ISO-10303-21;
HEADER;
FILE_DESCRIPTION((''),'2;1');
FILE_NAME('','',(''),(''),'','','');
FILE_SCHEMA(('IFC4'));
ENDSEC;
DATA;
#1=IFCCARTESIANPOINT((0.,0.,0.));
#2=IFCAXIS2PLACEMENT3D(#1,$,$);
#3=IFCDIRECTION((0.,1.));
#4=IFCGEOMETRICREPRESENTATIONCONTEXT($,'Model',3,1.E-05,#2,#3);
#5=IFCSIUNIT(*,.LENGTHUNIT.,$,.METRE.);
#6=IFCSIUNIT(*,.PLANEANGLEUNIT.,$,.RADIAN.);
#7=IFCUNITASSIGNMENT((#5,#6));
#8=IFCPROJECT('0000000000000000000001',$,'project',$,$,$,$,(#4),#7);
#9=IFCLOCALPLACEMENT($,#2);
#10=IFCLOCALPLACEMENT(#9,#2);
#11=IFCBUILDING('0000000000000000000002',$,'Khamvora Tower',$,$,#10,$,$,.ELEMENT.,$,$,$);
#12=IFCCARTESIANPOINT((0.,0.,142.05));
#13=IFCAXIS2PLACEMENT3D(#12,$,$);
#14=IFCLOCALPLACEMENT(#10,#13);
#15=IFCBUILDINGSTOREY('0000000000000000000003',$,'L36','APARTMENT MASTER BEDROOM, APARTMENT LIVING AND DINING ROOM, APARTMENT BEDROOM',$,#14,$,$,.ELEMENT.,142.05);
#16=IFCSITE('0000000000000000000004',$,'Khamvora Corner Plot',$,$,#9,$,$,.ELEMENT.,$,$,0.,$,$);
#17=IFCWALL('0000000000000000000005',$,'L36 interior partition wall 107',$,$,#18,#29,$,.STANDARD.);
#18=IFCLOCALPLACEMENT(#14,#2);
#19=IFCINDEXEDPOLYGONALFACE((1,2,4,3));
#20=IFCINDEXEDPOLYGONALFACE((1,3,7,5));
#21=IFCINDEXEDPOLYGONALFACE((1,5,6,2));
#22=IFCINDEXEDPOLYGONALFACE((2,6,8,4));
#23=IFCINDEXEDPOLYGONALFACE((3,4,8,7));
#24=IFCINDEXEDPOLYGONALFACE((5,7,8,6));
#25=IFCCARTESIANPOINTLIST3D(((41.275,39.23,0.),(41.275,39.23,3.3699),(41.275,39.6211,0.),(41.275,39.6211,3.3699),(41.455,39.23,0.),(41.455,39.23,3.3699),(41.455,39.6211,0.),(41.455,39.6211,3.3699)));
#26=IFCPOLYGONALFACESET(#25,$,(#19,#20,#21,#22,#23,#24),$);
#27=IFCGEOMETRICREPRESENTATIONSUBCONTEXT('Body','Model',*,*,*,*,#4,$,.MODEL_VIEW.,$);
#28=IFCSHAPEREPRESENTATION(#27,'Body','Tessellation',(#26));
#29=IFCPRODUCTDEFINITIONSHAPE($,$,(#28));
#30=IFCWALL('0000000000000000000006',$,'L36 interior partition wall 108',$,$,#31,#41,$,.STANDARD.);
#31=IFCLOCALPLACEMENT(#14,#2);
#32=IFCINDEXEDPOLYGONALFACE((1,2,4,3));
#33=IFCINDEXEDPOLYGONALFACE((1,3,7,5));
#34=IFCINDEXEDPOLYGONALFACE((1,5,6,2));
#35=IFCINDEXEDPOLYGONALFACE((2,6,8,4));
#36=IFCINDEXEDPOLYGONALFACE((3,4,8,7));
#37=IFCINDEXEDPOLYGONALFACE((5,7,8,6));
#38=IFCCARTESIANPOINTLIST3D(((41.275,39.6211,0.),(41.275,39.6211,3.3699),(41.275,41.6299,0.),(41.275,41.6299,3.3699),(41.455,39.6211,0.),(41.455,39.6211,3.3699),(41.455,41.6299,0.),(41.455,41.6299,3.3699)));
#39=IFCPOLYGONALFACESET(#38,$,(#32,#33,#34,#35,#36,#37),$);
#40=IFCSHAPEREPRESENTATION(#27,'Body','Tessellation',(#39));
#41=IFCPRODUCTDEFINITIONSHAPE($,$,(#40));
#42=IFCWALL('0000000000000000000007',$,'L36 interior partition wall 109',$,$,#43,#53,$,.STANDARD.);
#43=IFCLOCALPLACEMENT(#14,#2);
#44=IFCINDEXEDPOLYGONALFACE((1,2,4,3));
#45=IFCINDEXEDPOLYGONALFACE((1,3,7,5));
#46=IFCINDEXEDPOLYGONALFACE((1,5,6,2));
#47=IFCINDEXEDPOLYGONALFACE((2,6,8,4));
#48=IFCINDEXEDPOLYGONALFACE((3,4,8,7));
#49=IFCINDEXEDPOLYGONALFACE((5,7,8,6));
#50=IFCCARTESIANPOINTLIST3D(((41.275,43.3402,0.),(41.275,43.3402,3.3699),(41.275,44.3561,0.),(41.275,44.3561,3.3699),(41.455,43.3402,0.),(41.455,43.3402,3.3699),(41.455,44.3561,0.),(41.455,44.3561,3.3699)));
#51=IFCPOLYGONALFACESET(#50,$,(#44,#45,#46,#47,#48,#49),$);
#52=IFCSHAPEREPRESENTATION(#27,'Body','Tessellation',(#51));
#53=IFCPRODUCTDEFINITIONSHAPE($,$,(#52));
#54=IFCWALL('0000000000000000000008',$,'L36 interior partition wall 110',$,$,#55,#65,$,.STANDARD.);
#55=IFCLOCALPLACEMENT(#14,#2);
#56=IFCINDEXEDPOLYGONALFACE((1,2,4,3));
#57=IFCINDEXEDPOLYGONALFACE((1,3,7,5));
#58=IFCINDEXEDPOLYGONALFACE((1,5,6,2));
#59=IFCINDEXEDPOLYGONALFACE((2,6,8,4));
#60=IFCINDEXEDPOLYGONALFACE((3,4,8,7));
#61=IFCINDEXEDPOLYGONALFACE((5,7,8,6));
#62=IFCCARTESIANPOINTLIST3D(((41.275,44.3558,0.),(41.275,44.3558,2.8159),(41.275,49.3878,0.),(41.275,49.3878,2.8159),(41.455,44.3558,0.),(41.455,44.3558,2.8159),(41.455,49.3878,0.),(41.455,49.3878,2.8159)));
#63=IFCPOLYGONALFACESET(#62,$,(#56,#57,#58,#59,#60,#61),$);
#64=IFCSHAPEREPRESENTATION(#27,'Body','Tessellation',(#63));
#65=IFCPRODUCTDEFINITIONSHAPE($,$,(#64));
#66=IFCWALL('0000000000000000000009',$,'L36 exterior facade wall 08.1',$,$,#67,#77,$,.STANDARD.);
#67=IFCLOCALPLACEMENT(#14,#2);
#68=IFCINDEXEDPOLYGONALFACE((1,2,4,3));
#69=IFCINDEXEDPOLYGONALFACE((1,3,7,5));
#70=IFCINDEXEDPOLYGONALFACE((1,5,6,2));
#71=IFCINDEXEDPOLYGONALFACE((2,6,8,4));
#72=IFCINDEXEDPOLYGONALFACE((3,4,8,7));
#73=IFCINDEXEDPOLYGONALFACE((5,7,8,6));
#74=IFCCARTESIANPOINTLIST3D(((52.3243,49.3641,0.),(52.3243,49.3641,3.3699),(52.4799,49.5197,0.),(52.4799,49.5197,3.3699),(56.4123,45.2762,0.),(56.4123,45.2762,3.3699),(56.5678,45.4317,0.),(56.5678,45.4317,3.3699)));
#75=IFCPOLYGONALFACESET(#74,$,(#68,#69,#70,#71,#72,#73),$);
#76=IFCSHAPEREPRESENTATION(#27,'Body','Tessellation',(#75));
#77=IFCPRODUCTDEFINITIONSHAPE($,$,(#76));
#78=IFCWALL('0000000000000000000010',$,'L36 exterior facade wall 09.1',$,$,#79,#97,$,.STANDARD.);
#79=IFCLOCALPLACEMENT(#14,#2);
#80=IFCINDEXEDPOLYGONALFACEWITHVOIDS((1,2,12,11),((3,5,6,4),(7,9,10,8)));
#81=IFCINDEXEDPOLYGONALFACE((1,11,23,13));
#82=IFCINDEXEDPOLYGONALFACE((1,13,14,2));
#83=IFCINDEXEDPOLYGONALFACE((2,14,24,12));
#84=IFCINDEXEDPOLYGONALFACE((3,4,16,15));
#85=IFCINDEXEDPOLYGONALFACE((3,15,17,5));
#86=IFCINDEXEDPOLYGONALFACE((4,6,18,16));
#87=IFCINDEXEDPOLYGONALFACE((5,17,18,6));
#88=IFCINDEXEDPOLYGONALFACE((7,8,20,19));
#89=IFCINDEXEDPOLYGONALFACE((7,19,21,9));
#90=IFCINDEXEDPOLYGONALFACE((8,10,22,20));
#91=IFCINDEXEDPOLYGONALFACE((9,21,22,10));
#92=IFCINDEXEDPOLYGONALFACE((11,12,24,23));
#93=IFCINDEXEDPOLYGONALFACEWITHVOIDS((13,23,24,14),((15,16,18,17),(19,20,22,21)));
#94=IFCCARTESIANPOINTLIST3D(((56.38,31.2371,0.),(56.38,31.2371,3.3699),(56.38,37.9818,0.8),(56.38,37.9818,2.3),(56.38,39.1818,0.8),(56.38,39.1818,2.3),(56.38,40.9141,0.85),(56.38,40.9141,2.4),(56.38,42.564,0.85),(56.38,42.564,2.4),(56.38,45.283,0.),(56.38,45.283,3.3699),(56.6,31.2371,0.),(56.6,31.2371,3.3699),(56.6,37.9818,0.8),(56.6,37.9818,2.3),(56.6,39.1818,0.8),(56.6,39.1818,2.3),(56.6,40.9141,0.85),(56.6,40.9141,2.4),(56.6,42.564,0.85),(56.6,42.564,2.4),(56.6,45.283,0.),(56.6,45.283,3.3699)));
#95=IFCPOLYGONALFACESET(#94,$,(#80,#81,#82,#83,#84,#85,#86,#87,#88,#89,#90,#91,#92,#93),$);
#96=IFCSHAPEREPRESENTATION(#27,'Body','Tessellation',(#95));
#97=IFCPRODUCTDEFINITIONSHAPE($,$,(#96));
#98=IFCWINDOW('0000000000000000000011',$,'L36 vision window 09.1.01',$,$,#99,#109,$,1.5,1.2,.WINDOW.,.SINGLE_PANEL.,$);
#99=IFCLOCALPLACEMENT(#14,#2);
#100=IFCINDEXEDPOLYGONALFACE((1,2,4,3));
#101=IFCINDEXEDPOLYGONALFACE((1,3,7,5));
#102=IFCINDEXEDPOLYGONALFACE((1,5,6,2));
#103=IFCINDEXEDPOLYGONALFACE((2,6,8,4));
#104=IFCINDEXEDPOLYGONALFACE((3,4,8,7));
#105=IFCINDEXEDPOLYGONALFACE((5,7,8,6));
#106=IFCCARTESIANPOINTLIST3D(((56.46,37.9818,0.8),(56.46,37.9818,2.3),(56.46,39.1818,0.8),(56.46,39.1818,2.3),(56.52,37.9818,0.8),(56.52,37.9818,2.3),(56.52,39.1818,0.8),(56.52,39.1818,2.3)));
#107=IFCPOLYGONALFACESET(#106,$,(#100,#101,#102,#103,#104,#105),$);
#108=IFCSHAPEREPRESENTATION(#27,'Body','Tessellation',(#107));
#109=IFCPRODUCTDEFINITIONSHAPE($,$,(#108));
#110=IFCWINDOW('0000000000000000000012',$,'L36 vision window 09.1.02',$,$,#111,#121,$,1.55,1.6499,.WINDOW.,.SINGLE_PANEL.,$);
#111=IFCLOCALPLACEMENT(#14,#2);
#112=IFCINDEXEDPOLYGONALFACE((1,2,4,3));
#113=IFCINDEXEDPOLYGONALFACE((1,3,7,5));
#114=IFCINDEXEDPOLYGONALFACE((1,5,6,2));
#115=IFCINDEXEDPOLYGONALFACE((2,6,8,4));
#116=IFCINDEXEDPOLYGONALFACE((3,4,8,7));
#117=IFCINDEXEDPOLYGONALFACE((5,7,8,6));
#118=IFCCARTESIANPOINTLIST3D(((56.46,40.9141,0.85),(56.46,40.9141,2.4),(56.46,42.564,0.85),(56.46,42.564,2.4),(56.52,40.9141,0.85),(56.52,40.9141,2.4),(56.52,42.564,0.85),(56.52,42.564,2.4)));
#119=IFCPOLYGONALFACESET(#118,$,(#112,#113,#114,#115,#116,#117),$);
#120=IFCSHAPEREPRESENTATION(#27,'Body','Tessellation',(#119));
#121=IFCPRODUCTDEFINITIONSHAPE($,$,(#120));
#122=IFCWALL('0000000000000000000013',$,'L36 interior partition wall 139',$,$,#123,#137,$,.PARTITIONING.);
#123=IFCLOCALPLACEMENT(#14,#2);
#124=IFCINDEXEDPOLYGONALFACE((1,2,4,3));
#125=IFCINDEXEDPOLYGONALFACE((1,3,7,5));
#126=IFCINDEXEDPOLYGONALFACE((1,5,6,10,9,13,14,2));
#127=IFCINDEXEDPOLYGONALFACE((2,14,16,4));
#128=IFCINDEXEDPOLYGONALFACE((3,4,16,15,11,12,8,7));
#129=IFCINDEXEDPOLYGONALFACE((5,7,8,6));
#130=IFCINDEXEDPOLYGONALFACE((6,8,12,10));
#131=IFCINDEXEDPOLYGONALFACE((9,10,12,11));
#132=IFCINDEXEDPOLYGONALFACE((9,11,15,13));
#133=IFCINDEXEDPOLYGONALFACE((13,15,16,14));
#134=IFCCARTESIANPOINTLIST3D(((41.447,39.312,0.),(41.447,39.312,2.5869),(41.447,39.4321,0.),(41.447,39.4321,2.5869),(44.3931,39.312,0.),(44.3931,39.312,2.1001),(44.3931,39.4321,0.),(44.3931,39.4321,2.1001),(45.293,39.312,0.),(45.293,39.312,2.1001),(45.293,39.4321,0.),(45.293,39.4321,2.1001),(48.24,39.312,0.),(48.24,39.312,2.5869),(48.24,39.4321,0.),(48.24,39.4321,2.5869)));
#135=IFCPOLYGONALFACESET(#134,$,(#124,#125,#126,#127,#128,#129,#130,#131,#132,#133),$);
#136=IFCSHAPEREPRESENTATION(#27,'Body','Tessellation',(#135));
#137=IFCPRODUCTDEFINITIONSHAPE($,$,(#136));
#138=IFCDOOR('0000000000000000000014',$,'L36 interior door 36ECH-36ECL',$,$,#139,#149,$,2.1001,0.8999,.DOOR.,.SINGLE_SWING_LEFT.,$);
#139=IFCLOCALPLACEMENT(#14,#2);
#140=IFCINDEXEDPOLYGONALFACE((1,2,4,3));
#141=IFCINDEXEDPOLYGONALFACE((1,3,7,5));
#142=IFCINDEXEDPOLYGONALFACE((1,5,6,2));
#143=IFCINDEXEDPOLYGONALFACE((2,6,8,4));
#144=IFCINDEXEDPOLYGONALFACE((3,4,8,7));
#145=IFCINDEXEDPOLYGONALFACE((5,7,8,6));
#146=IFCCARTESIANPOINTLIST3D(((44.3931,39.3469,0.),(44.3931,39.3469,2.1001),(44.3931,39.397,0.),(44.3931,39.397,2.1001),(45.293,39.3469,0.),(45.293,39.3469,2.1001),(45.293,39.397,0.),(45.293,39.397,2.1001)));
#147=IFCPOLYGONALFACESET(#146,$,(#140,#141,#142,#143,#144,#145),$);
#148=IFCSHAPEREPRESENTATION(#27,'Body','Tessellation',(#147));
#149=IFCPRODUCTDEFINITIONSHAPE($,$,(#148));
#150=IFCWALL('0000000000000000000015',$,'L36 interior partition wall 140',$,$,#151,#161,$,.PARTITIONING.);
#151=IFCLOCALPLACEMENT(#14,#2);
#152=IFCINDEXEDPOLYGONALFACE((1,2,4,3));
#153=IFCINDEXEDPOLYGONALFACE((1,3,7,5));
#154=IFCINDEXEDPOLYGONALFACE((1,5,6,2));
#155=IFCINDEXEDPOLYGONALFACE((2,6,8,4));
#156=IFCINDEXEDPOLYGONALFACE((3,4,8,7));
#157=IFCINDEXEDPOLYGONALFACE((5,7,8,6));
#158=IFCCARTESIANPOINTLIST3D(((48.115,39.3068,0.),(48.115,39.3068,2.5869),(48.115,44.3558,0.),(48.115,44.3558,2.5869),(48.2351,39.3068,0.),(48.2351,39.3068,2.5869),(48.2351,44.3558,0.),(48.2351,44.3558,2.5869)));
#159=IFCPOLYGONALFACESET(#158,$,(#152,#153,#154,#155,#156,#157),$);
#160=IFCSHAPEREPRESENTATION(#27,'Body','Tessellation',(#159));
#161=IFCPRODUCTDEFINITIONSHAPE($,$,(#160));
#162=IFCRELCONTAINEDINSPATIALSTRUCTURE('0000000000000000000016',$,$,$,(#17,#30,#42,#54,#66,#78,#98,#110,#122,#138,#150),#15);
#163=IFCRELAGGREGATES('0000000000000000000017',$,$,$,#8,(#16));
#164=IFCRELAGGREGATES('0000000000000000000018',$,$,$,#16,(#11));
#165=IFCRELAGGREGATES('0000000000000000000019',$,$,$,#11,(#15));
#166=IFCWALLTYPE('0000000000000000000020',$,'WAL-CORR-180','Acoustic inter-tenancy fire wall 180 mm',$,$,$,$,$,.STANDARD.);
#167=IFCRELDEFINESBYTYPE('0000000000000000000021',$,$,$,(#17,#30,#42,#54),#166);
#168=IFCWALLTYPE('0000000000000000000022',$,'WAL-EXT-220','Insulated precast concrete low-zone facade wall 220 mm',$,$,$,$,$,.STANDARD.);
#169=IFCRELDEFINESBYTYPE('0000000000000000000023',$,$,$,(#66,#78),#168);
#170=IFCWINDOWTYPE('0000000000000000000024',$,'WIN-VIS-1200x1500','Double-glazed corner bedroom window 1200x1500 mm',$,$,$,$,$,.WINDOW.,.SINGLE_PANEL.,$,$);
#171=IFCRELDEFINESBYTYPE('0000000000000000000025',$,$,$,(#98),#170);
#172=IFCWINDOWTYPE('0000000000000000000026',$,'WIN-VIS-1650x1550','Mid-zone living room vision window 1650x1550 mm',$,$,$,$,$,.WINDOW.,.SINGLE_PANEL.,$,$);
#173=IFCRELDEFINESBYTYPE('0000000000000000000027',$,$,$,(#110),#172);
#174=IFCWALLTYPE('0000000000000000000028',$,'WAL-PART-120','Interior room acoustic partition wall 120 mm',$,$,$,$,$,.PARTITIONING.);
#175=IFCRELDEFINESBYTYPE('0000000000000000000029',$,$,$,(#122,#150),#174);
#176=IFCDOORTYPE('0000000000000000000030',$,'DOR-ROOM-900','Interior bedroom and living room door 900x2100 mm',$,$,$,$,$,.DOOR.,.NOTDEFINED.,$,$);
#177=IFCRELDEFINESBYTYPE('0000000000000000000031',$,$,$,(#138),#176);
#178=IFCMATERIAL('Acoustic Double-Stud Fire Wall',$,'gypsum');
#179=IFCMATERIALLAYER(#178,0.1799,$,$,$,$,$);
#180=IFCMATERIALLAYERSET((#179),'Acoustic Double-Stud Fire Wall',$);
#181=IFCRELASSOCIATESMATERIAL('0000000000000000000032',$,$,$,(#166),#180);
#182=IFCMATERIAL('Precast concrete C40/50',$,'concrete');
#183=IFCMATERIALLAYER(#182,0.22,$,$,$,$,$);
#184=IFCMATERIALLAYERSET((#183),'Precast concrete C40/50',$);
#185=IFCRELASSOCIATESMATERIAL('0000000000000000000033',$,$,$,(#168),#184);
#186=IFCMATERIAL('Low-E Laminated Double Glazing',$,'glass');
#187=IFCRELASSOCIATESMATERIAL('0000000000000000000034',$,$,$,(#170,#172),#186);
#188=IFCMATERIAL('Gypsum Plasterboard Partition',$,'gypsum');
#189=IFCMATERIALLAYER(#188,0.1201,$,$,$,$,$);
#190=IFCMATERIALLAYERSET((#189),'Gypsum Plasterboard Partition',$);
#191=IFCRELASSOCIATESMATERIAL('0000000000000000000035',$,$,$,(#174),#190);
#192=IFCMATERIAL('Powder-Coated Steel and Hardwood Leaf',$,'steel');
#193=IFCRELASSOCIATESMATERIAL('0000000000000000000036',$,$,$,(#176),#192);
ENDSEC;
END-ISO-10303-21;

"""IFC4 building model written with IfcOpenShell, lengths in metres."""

from ifc_helpers import new_model, si_unit, direction, frame, frame_2d, origin, place, context, subcontext, project, spatial, rectangle, extrude, material, layer, layer_set, type_object, element, fill, save


model = new_model("IFC4")

# Units and contexts
model_context = context("Model", 3, precision=1e-05, world=origin(), true_north=direction((0.0, 1.0)))
body_context = subcontext(model_context, "Body", "Model", "MODEL_VIEW")
ifc_project = project(units=[si_unit("LENGTHUNIT", "METRE"), si_unit("PLANEANGLEUNIT", "RADIAN")], contexts=[model_context])

# Site, building, storey
site_placement = place(None, origin())
site = spatial("IfcSite", under=ifc_project, at=site_placement, Name="Khamvora Corner Plot", CompositionType="ELEMENT", RefElevation=0.0)
building_placement = place(site_placement, origin())
building = spatial("IfcBuilding", under=site, at=building_placement, Name="Khamvora Tower", CompositionType="ELEMENT")
storey_placement = place(building_placement, frame((0.0, 0.0, 142.05)))
storey = spatial("IfcBuildingStorey", under=building, at=storey_placement, Name="L36", Description="APARTMENT MASTER BEDROOM, APARTMENT LIVING AND DINING ROOM, APARTMENT BEDROOM", CompositionType="ELEMENT", Elevation=142.05)

# Walls
ifc_material_1 = material(Name="Acoustic Double-Stud Fire Wall", Category="gypsum")
ifc_layer_1 = layer(ifc_material_1, 0.1799)
ifc_layer_set_1 = layer_set([ifc_layer_1], Name="Acoustic Double-Stud Fire Wall")
wall_type_1 = type_object("IfcWallType", Name="WAL-CORR-180", Description="Acoustic inter-tenancy fire wall 180 mm", PredefinedType="STANDARD", material=ifc_layer_set_1)
wall_1_placement = place(storey_placement, frame((41.365, 39.6211, 0.0), z_axis=(0.0, 0.0, 1.0), x_axis=(0.0, -1.0, 0.0)))
element("IfcWall", 1, at=wall_1_placement, inside=storey, type_object=wall_type_1, Name="L36 interior partition wall 107", PredefinedType="STANDARD", context=body_context, shape_type="SweptSolid", body=[
    extrude(rectangle(XDim=0.3911, YDim=0.1799, at=frame_2d((0.1956, 0.0))), origin(), (0.0, 0.0, 1.0), 3.3699),
])
wall_2_placement = place(storey_placement, frame((41.365, 41.6299, 0.0), z_axis=(0.0, 0.0, 1.0), x_axis=(0.0, -1.0, 0.0)))
element("IfcWall", 2, at=wall_2_placement, inside=storey, type_object=wall_type_1, Name="L36 interior partition wall 108", PredefinedType="STANDARD", context=body_context, shape_type="SweptSolid", body=[
    extrude(rectangle(XDim=2.0088, YDim=0.1799, at=frame_2d((1.0044, 0.0))), origin(), (0.0, 0.0, 1.0), 3.3699),
])
wall_3_placement = place(storey_placement, frame((41.365, 44.356, 0.0), z_axis=(0.0, 0.0, 1.0), x_axis=(0.0, -1.0, 0.0)))
element("IfcWall", 3, at=wall_3_placement, inside=storey, type_object=wall_type_1, Name="L36 interior partition wall 109", PredefinedType="STANDARD", context=body_context, shape_type="SweptSolid", body=[
    extrude(rectangle(XDim=1.0159, YDim=0.1799, at=frame_2d((0.5078, 0.0))), origin(), (0.0, 0.0, 1.0), 3.3699),
])
wall_4_placement = place(storey_placement, frame((41.365, 49.3879, 0.0), z_axis=(0.0, 0.0, 1.0), x_axis=(0.0, -1.0, 0.0)))
element("IfcWall", 4, at=wall_4_placement, inside=storey, type_object=wall_type_1, Name="L36 interior partition wall 110", PredefinedType="STANDARD", context=body_context, shape_type="SweptSolid", body=[
    extrude(rectangle(XDim=5.032, YDim=0.1799, at=frame_2d((2.5161, 0.0))), origin(), (0.0, 0.0, 1.0), 2.8159),
])
ifc_material_2 = material(Name="Precast concrete C40/50", Category="concrete")
ifc_layer_2 = layer(ifc_material_2, 0.22)
ifc_layer_set_2 = layer_set([ifc_layer_2], Name="Precast concrete C40/50")
wall_type_2 = type_object("IfcWallType", Name="WAL-EXT-220", Description="Insulated precast concrete low-zone facade wall 220 mm", PredefinedType="STANDARD", material=ifc_layer_set_2)
wall_5_placement = place(storey_placement, frame((52.4021, 49.4419, 0.0), z_axis=(0.0, 0.0, 1.0), x_axis=(0.707107, -0.707107, 0.0)))
element("IfcWall", 5, at=wall_5_placement, inside=storey, type_object=wall_type_2, Name="L36 exterior facade wall 08.1", PredefinedType="STANDARD", context=body_context, shape_type="SweptSolid", body=[
    extrude(rectangle(XDim=5.7812, YDim=0.22, at=frame_2d((2.8906, 0.0))), origin(), (0.0, 0.0, 1.0), 3.3699),
])

# Wall, openings, windows
wall_6_placement = place(storey_placement, frame((56.49, 45.283, 0.0), z_axis=(0.0, 0.0, 1.0), x_axis=(0.0, -1.0, 0.0)))
wall_6 = element("IfcWall", 6, at=wall_6_placement, inside=storey, type_object=wall_type_2, Name="L36 exterior facade wall 09.1", PredefinedType="STANDARD", context=body_context, shape_type="SweptSolid", body=[
    extrude(rectangle(XDim=14.0459, YDim=0.22, at=frame_2d((7.0229, 0.0))), origin(), (0.0, 0.0, 1.0), 3.3699),
])
opening_1_placement = place(wall_6_placement, frame((6.1011, 0.0, 0.8)))
opening_1 = element("IfcOpeningElement", 7, at=opening_1_placement, cuts=wall_6, PredefinedType="OPENING", context=body_context, shape_type="SweptSolid", body=[
    extrude(rectangle(XDim=1.2, YDim=1.5, at=frame_2d((0.6001, 0.75))), frame((0.0, 0.1199, 0.0), z_axis=(0.0, -1.0, 0.0), x_axis=(1.0, 0.0, 0.0)), (0.0, 0.0, 1.0), 0.24),
])
opening_2_placement = place(wall_6_placement, frame((2.719, 0.0, 0.8501)))
opening_2 = element("IfcOpeningElement", 8, at=opening_2_placement, cuts=wall_6, PredefinedType="OPENING", context=body_context, shape_type="SweptSolid", body=[
    extrude(rectangle(XDim=1.6499, YDim=1.55, at=frame_2d((0.825, 0.7749))), frame((0.0, 0.1199, 0.0), z_axis=(0.0, -1.0, 0.0), x_axis=(1.0, 0.0, 0.0)), (0.0, 0.0, 1.0), 0.24),
])
ifc_material_3 = material(Name="Low-E Laminated Double Glazing", Category="glass")
window_type_1 = type_object("IfcWindowType", Name="WIN-VIS-1200x1500", Description="Double-glazed corner bedroom window 1200x1500 mm", PartitioningType="SINGLE_PANEL", PredefinedType="WINDOW", material=ifc_material_3)
window_1_placement = place(opening_1_placement, origin())
window_1 = element("IfcWindow", 9, at=window_1_placement, inside=storey, type_object=window_type_1, Name="L36 vision window 09.1.01", OverallHeight=1.5, OverallWidth=1.2, PartitioningType="SINGLE_PANEL", PredefinedType="WINDOW", context=body_context, shape_type="SweptSolid", body=[
    extrude(rectangle(XDim=1.2, YDim=1.5, at=frame_2d((0.6001, 0.75))), frame((0.0, 0.03, 0.0), z_axis=(0.0, -1.0, 0.0), x_axis=(1.0, 0.0, 0.0)), (0.0, 0.0, 1.0), 0.0601),
])
fill(opening_1, window_1)
window_type_2 = type_object("IfcWindowType", Name="WIN-VIS-1650x1550", Description="Mid-zone living room vision window 1650x1550 mm", PartitioningType="SINGLE_PANEL", PredefinedType="WINDOW", material=ifc_material_3)
window_2_placement = place(opening_2_placement, origin())
window_2 = element("IfcWindow", 10, at=window_2_placement, inside=storey, type_object=window_type_2, Name="L36 vision window 09.1.02", OverallHeight=1.55, OverallWidth=1.6499, PartitioningType="SINGLE_PANEL", PredefinedType="WINDOW", context=body_context, shape_type="SweptSolid", body=[
    extrude(rectangle(XDim=1.6499, YDim=1.55, at=frame_2d((0.825, 0.7749))), frame((0.0, 0.03, 0.0), z_axis=(0.0, -1.0, 0.0), x_axis=(1.0, 0.0, 0.0)), (0.0, 0.0, 1.0), 0.0601),
])
fill(opening_2, window_2)

# Wall, opening, door
ifc_material_4 = material(Name="Gypsum Plasterboard Partition", Category="gypsum")
ifc_layer_3 = layer(ifc_material_4, 0.1201)
ifc_layer_set_3 = layer_set([ifc_layer_3], Name="Gypsum Plasterboard Partition")
wall_type_3 = type_object("IfcWallType", Name="WAL-PART-120", Description="Interior room acoustic partition wall 120 mm", PredefinedType="PARTITIONING", material=ifc_layer_set_3)
wall_7_placement = place(storey_placement, frame((41.447, 39.3721, 0.0), z_axis=(0.0, 0.0, 1.0), x_axis=(1.0, 0.0, 0.0)))
wall_7 = element("IfcWall", 11, at=wall_7_placement, inside=storey, type_object=wall_type_3, Name="L36 interior partition wall 139", PredefinedType="PARTITIONING", context=body_context, shape_type="SweptSolid", body=[
    extrude(rectangle(XDim=6.793, YDim=0.1201, at=frame_2d((3.3965, 0.0))), origin(), (0.0, 0.0, 1.0), 2.5869),
])
opening_3_placement = place(wall_7_placement, frame((2.946, 0.0, 0.0)))
opening_3 = element("IfcOpeningElement", 12, at=opening_3_placement, cuts=wall_7, PredefinedType="OPENING", context=body_context, shape_type="SweptSolid", body=[
    extrude(rectangle(XDim=0.8999, YDim=2.1001, at=frame_2d((0.45, 1.05))), frame((0.0, 0.0701, 0.0), z_axis=(0.0, -1.0, 0.0), x_axis=(1.0, 0.0, 0.0)), (0.0, 0.0, 1.0), 0.1401),
])
ifc_material_5 = material(Name="Powder-Coated Steel and Hardwood Leaf", Category="steel")
door_type = type_object("IfcDoorType", Name="DOR-ROOM-900", Description="Interior bedroom and living room door 900x2100 mm", OperationType="NOTDEFINED", PredefinedType="DOOR", material=ifc_material_5)
door_1_placement = place(opening_3_placement, origin())
door_1 = element("IfcDoor", 13, at=door_1_placement, inside=storey, type_object=door_type, Name="L36 interior door 36ECH-36ECL", OperationType="SINGLE_SWING_LEFT", OverallHeight=2.1001, OverallWidth=0.8999, PredefinedType="DOOR", context=body_context, shape_type="SweptSolid", body=[
    extrude(rectangle(XDim=0.8999, YDim=2.1001, at=frame_2d((0.45, 1.05))), frame((0.0, 0.0249, 0.0), z_axis=(0.0, -1.0, 0.0), x_axis=(1.0, 0.0, 0.0)), (0.0, 0.0, 1.0), 0.05),
])
fill(opening_3, door_1)

# Wall
wall_8_placement = place(storey_placement, frame((48.175, 39.3069, 0.0), z_axis=(0.0, 0.0, 1.0), x_axis=(0.0, 1.0, 0.0)))
element("IfcWall", 14, at=wall_8_placement, inside=storey, type_object=wall_type_3, Name="L36 interior partition wall 140", PredefinedType="PARTITIONING", context=body_context, shape_type="SweptSolid", body=[
    extrude(rectangle(XDim=5.0491, YDim=0.1201, at=frame_2d((2.5244, 0.0))), origin(), (0.0, 0.0, 1.0), 2.5869),
])

save(model, "model.ifc")
